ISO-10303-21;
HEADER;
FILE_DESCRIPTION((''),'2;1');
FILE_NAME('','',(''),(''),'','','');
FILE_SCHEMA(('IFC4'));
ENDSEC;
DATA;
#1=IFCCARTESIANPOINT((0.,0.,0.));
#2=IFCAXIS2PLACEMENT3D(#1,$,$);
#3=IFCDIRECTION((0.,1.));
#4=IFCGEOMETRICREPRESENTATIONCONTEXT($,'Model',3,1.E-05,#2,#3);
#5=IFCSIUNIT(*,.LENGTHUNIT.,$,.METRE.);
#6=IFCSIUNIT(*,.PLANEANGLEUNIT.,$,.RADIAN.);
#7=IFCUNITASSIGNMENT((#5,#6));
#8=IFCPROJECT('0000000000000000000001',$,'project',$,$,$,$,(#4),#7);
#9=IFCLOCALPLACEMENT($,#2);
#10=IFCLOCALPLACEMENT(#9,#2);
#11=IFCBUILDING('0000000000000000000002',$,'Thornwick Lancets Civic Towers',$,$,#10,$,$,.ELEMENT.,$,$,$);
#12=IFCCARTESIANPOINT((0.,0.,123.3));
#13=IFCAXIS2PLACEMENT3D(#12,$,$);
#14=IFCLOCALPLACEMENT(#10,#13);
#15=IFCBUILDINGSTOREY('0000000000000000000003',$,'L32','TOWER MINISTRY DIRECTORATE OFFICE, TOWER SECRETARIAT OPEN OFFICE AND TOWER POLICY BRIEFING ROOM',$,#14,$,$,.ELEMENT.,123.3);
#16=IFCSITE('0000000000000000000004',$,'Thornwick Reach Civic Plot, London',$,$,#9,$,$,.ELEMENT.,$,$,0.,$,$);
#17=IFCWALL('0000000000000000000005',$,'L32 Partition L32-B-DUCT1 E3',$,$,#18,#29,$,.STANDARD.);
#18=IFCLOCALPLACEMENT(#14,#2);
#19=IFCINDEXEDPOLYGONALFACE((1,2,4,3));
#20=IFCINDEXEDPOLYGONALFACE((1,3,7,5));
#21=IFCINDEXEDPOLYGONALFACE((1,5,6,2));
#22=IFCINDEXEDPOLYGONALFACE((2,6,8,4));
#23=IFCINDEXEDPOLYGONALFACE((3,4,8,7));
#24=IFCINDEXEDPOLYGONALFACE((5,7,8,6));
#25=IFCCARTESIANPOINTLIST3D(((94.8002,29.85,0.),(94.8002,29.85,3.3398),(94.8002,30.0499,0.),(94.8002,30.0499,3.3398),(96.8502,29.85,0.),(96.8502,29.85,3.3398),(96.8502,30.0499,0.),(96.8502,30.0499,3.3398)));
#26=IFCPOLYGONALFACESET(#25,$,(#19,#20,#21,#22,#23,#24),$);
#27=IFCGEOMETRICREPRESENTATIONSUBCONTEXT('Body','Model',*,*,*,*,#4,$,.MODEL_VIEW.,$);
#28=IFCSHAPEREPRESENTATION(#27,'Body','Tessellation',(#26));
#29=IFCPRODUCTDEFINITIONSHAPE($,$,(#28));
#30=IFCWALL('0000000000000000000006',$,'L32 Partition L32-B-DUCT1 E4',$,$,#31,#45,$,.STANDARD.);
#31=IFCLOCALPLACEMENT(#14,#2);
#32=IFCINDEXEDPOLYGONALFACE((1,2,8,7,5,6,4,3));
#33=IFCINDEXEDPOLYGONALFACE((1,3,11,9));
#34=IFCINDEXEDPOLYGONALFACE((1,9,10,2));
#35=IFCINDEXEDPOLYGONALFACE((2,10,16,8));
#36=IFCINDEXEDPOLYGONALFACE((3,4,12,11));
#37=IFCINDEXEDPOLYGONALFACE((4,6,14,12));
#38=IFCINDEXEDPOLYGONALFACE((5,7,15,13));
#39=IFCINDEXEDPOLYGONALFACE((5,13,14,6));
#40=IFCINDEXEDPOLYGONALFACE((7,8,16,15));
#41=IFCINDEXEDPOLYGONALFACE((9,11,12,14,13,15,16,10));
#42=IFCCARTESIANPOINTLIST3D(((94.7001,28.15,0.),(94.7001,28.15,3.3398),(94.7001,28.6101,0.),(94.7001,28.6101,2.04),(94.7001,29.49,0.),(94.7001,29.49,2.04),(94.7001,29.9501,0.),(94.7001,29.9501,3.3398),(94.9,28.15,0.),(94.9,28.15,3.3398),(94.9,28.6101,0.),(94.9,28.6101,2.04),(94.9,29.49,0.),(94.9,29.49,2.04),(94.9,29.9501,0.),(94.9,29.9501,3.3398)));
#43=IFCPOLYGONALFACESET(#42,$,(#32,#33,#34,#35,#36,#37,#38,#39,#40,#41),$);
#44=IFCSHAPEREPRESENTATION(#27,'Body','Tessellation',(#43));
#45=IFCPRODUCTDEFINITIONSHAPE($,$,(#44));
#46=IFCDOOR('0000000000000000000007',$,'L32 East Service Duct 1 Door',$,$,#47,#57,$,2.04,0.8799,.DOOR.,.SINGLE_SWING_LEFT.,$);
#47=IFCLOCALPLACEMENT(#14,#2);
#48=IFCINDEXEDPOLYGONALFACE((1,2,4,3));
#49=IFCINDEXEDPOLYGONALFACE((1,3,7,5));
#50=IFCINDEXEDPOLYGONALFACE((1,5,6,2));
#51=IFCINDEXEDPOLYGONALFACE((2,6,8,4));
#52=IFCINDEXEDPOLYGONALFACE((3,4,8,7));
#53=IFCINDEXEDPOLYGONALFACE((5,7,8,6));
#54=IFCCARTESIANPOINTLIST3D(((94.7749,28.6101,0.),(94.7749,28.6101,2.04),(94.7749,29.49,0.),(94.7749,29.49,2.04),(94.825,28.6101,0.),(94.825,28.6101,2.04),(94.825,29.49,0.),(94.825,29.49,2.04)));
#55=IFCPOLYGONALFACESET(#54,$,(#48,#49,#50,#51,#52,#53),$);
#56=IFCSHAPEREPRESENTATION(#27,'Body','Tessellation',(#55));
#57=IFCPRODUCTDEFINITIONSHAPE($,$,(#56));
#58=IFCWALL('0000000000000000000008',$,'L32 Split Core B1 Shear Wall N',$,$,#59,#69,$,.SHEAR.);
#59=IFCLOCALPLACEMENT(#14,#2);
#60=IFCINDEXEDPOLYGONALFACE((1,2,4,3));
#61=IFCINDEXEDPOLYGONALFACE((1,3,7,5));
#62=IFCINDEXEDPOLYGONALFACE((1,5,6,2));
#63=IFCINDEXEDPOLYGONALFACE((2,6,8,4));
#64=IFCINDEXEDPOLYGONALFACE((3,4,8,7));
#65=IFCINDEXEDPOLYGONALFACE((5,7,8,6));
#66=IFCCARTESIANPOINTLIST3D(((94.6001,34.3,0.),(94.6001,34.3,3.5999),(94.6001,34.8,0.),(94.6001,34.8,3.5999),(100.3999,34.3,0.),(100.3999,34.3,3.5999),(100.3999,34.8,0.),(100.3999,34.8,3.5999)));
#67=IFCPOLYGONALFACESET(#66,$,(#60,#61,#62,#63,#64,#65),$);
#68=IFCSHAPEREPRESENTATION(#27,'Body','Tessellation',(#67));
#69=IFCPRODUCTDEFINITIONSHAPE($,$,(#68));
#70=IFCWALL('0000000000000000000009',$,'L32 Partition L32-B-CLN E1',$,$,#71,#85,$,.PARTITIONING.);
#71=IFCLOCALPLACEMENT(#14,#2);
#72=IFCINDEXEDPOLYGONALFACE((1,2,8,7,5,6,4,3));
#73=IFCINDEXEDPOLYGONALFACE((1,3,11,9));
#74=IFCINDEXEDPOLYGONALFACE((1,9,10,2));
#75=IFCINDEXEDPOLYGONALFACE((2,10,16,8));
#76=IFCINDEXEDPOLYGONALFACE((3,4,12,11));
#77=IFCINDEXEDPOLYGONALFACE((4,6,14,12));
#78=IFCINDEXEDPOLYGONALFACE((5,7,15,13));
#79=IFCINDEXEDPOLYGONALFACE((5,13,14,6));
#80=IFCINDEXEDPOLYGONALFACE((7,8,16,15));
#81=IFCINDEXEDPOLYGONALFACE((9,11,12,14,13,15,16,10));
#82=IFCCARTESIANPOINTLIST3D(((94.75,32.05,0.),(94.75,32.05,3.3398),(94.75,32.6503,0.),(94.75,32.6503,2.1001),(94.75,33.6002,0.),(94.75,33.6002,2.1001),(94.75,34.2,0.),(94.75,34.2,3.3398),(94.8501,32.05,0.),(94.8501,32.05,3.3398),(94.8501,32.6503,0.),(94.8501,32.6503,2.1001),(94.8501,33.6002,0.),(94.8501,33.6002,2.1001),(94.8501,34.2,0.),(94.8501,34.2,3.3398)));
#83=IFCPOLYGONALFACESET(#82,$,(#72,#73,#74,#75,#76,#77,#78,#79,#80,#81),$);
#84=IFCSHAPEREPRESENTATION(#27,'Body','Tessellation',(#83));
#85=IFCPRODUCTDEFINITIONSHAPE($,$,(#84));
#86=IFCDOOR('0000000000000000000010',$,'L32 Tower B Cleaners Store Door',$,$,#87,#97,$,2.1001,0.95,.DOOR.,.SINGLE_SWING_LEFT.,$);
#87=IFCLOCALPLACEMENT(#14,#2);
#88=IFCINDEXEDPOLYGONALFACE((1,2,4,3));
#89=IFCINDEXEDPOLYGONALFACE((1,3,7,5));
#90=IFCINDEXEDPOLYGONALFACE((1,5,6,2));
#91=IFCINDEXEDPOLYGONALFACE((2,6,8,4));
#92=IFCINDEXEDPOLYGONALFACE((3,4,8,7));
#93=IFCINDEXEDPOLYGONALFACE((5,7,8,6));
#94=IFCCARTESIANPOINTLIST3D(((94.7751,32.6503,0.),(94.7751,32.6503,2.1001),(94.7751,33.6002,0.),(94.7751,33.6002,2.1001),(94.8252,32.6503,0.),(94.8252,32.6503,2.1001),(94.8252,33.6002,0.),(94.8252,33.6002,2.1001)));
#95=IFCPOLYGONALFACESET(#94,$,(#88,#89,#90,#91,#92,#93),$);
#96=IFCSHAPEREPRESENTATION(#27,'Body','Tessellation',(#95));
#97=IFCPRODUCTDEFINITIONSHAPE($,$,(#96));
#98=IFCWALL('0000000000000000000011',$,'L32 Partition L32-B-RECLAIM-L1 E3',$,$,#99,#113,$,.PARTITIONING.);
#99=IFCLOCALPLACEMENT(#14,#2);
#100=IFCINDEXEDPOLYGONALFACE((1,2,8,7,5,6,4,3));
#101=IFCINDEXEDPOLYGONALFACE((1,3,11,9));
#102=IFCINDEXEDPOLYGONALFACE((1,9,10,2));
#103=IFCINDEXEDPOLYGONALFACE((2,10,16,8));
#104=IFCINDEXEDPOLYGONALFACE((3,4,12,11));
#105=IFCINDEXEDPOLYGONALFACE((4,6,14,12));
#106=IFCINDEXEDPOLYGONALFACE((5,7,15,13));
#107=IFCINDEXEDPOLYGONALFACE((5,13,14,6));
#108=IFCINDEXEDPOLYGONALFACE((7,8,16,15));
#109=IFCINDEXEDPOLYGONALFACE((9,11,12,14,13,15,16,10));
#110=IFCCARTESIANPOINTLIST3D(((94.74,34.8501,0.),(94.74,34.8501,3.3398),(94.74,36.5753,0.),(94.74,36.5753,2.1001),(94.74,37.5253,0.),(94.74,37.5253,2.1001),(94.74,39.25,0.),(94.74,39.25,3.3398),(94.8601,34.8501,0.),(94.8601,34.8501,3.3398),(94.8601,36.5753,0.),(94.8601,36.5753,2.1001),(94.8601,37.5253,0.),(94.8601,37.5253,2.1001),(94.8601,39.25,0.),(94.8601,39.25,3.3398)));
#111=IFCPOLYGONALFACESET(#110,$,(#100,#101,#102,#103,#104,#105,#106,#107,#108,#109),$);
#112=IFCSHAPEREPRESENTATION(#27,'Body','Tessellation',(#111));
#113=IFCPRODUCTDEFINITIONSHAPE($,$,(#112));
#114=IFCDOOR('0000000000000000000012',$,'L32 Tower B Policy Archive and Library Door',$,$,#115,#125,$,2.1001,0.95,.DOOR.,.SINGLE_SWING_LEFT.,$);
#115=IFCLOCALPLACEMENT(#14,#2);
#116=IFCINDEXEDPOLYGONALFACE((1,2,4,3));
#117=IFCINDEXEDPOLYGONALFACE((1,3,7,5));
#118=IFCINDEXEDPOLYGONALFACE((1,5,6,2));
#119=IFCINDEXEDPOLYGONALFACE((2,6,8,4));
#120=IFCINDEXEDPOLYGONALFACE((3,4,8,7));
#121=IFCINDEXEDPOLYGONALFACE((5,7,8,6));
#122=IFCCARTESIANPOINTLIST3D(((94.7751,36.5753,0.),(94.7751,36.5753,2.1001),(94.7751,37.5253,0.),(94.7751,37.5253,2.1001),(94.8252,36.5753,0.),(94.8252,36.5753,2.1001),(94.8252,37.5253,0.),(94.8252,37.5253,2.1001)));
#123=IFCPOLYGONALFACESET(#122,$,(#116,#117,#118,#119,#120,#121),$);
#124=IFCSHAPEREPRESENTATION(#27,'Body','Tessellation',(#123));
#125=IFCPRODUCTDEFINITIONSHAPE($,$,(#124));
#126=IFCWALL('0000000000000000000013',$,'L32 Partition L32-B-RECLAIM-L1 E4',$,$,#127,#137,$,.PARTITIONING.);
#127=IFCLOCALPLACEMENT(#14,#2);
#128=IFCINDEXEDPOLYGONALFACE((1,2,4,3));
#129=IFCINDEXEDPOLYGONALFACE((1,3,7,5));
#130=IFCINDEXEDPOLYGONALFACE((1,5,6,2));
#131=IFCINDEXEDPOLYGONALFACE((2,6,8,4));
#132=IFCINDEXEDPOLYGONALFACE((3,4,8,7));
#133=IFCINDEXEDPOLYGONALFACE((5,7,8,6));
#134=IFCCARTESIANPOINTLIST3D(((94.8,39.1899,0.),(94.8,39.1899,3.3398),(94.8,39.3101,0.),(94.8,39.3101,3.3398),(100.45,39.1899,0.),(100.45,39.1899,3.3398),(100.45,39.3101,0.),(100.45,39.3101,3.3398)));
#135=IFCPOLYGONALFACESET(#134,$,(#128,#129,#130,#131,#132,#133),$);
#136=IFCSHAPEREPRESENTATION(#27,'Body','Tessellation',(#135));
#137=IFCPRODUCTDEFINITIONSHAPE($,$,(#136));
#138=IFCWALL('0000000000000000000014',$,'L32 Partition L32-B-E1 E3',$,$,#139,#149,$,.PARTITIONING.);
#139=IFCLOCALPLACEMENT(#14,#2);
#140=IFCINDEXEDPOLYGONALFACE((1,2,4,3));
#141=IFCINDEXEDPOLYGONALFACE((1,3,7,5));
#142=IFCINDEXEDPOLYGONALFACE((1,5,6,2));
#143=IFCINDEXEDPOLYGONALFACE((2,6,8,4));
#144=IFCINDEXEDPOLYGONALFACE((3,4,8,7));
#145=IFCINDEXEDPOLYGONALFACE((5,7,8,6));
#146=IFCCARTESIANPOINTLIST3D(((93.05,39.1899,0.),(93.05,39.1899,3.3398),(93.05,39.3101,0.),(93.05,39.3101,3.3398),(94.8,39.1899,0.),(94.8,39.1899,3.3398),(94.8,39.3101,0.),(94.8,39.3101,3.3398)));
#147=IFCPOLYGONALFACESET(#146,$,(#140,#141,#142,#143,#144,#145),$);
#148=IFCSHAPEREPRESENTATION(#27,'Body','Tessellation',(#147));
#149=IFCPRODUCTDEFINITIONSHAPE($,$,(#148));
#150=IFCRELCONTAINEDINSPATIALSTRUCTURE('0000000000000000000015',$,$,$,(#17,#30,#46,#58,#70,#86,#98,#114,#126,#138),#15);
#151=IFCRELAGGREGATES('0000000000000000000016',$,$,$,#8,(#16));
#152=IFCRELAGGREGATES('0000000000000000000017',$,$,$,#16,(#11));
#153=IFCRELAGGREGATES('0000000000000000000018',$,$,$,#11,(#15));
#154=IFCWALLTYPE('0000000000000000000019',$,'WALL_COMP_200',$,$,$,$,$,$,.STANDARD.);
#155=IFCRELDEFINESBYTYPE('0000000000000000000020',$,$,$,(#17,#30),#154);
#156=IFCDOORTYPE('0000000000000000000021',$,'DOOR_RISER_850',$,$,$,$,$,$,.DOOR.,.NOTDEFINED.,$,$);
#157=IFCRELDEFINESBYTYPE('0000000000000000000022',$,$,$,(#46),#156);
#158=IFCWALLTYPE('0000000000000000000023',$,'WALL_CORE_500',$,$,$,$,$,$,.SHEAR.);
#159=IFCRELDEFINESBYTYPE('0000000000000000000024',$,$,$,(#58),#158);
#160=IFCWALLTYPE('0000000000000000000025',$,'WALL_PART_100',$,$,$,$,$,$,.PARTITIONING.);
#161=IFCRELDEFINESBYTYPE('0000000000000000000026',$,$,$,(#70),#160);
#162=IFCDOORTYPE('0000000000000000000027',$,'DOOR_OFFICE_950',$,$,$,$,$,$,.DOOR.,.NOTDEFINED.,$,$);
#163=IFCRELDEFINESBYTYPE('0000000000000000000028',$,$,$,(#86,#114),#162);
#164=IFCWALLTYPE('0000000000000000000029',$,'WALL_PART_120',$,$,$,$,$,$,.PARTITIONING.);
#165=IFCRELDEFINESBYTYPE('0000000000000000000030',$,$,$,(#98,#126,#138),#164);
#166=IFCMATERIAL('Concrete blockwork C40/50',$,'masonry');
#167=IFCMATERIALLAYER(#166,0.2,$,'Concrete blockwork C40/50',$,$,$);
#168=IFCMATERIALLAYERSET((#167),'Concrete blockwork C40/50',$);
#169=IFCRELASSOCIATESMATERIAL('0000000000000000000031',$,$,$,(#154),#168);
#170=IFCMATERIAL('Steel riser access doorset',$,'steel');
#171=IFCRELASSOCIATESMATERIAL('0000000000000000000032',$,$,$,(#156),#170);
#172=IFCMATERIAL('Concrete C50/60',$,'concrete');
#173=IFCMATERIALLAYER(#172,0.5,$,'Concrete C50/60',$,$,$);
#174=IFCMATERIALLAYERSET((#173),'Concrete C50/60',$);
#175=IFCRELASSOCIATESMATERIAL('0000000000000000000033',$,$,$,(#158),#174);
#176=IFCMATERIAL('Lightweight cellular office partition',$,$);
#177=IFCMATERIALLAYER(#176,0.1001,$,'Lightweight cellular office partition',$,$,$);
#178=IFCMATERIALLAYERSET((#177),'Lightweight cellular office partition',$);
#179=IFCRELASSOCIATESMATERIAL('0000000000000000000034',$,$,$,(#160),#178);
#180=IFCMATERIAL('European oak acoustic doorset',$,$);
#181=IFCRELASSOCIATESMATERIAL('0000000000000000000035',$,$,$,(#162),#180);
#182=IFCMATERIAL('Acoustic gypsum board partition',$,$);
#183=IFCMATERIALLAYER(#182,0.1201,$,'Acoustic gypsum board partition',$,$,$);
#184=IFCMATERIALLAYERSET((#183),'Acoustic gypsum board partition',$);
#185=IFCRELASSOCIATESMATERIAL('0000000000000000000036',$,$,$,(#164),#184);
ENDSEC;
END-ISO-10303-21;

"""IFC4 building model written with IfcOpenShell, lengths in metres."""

from ifc_helpers import new_model, si_unit, direction, frame, frame_2d, origin, place, context, subcontext, project, spatial, rectangle, extrude, material, layer, layer_set, type_object, element, fill, save


model = new_model("IFC4")

# Units and contexts
model_context = context("Model", 3, precision=1e-05, world=origin(), true_north=direction((0.0, 1.0)))
body_context = subcontext(model_context, "Body", "Model", "MODEL_VIEW")
ifc_project = project(units=[si_unit("LENGTHUNIT", "METRE"), si_unit("PLANEANGLEUNIT", "RADIAN")], contexts=[model_context])

# Site, building, storey
site_placement = place(None, origin())
site = spatial("IfcSite", under=ifc_project, at=site_placement, Name="Thornwick Reach Civic Plot, London", CompositionType="ELEMENT", RefElevation=0.0)
building_placement = place(site_placement, origin())
building = spatial("IfcBuilding", under=site, at=building_placement, Name="Thornwick Lancets Civic Towers", CompositionType="ELEMENT")
storey_placement = place(building_placement, frame((0.0, 0.0, 123.3)))
storey = spatial("IfcBuildingStorey", under=building, at=storey_placement, Name="L32", Description="TOWER MINISTRY DIRECTORATE OFFICE, TOWER SECRETARIAT OPEN OFFICE AND TOWER POLICY BRIEFING ROOM", CompositionType="ELEMENT", Elevation=123.3)

# Shared definitions
ifc_material_1 = material(Name="Concrete blockwork C40/50", Category="masonry")
ifc_layer_1 = layer(ifc_material_1, 0.2, Name="Concrete blockwork C40/50")
ifc_layer_set_1 = layer_set([ifc_layer_1], Name="Concrete blockwork C40/50")
wall_type_1 = type_object("IfcWallType", Name="WALL_COMP_200", PredefinedType="STANDARD", material=ifc_layer_set_1)

# Wall
wall_1_placement = place(storey_placement, frame((96.8501, 29.95, 0.0), z_axis=(0.0, 0.0, 1.0), x_axis=(-1.0, 0.0, 0.0)))
element("IfcWall", 1, at=wall_1_placement, inside=storey, type_object=wall_type_1, Name="L32 Partition L32-B-DUCT1 E3", PredefinedType="STANDARD", context=body_context, shape_type="SweptSolid", body=[
    extrude(rectangle(XDim=2.05, YDim=0.2, at=frame_2d((1.0249, 0.0))), origin(), (0.0, 0.0, 1.0), 3.3398),
])

# Wall, opening, door
wall_2_placement = place(storey_placement, frame((94.8, 29.95, 0.0), z_axis=(0.0, 0.0, 1.0), x_axis=(0.0, -1.0, 0.0)))
wall_2 = element("IfcWall", 2, at=wall_2_placement, inside=storey, type_object=wall_type_1, Name="L32 Partition L32-B-DUCT1 E4", PredefinedType="STANDARD", context=body_context, shape_type="SweptSolid", body=[
    extrude(rectangle(XDim=1.8, YDim=0.2, at=frame_2d((0.8999, 0.0))), origin(), (0.0, 0.0, 1.0), 3.3398),
])
opening_1_placement = place(wall_2_placement, frame((0.46, 0.0, 0.0)))
opening_1 = element("IfcOpeningElement", 3, at=opening_1_placement, cuts=wall_2, PredefinedType="OPENING", context=body_context, shape_type="SweptSolid", body=[
    extrude(rectangle(XDim=0.8799, YDim=2.04, at=frame_2d((0.4399, 1.02))), frame((0.0, 0.1099, 0.0), z_axis=(0.0, -1.0, 0.0), x_axis=(1.0, 0.0, 0.0)), (0.0, 0.0, 1.0), 0.22),
])
ifc_material_2 = material(Name="Steel riser access doorset", Category="steel")
door_type_1 = type_object("IfcDoorType", Name="DOOR_RISER_850", OperationType="NOTDEFINED", PredefinedType="DOOR", material=ifc_material_2)
door_1_placement = place(opening_1_placement, origin())
door_1 = element("IfcDoor", 4, at=door_1_placement, inside=storey, type_object=door_type_1, Name="L32 East Service Duct 1 Door", OperationType="SINGLE_SWING_LEFT", OverallHeight=2.04, OverallWidth=0.8799, PredefinedType="DOOR", context=body_context, shape_type="SweptSolid", body=[
    extrude(rectangle(XDim=0.8799, YDim=2.04, at=frame_2d((0.4399, 1.02))), frame((0.0, 0.0249, 0.0), z_axis=(0.0, -1.0, 0.0), x_axis=(1.0, 0.0, 0.0)), (0.0, 0.0, 1.0), 0.05),
])
fill(opening_1, door_1)

# Wall
ifc_material_3 = material(Name="Concrete C50/60", Category="concrete")
ifc_layer_2 = layer(ifc_material_3, 0.5, Name="Concrete C50/60")
ifc_layer_set_2 = layer_set([ifc_layer_2], Name="Concrete C50/60")
wall_type_2 = type_object("IfcWallType", Name="WALL_CORE_500", PredefinedType="SHEAR", material=ifc_layer_set_2)
wall_3_placement = place(storey_placement, frame((94.6001, 34.55, 0.0), z_axis=(0.0, 0.0, 1.0), x_axis=(1.0, 0.0, 0.0)))
element("IfcWall", 5, at=wall_3_placement, inside=storey, type_object=wall_type_2, Name="L32 Split Core B1 Shear Wall N", PredefinedType="SHEAR", context=body_context, shape_type="SweptSolid", body=[
    extrude(rectangle(XDim=5.7998, YDim=0.5, at=frame_2d((2.8999, 0.0))), origin(), (0.0, 0.0, 1.0), 3.5999),
])

# Walls, openings, doors
ifc_material_4 = material(Name="Lightweight cellular office partition")
ifc_layer_3 = layer(ifc_material_4, 0.1001, Name="Lightweight cellular office partition")
ifc_layer_set_3 = layer_set([ifc_layer_3], Name="Lightweight cellular office partition")
wall_type_3 = type_object("IfcWallType", Name="WALL_PART_100", PredefinedType="PARTITIONING", material=ifc_layer_set_3)
wall_4_placement = place(storey_placement, frame((94.8, 32.05, 0.0), z_axis=(0.0, 0.0, 1.0), x_axis=(0.0, 1.0, 0.0)))
wall_4 = element("IfcWall", 6, at=wall_4_placement, inside=storey, type_object=wall_type_3, Name="L32 Partition L32-B-CLN E1", PredefinedType="PARTITIONING", context=body_context, shape_type="SweptSolid", body=[
    extrude(rectangle(XDim=2.1499, YDim=0.1001, at=frame_2d((1.075, 0.0))), origin(), (0.0, 0.0, 1.0), 3.3398),
])
opening_2_placement = place(wall_4_placement, frame((0.6001, 0.0, 0.0)))
opening_2 = element("IfcOpeningElement", 7, at=opening_2_placement, cuts=wall_4, PredefinedType="OPENING", context=body_context, shape_type="SweptSolid", body=[
    extrude(rectangle(XDim=0.95, YDim=2.1001, at=frame_2d((0.4751, 1.05))), frame((0.0, 0.0601, 0.0), z_axis=(0.0, -1.0, 0.0), x_axis=(1.0, 0.0, 0.0)), (0.0, 0.0, 1.0), 0.1201),
])
ifc_material_5 = material(Name="European oak acoustic doorset")
door_type_2 = type_object("IfcDoorType", Name="DOOR_OFFICE_950", OperationType="NOTDEFINED", PredefinedType="DOOR", material=ifc_material_5)
door_2_placement = place(opening_2_placement, origin())
door_2 = element("IfcDoor", 8, at=door_2_placement, inside=storey, type_object=door_type_2, Name="L32 Tower B Cleaners Store Door", OperationType="SINGLE_SWING_LEFT", OverallHeight=2.1001, OverallWidth=0.95, PredefinedType="DOOR", context=body_context, shape_type="SweptSolid", body=[
    extrude(rectangle(XDim=0.95, YDim=2.1001, at=frame_2d((0.4751, 1.05))), frame((0.0, 0.0249, 0.0), z_axis=(0.0, -1.0, 0.0), x_axis=(1.0, 0.0, 0.0)), (0.0, 0.0, 1.0), 0.05),
])
fill(opening_2, door_2)
ifc_material_6 = material(Name="Acoustic gypsum board partition")
ifc_layer_4 = layer(ifc_material_6, 0.1201, Name="Acoustic gypsum board partition")
ifc_layer_set_4 = layer_set([ifc_layer_4], Name="Acoustic gypsum board partition")
wall_type_4 = type_object("IfcWallType", Name="WALL_PART_120", PredefinedType="PARTITIONING", material=ifc_layer_set_4)
wall_5_placement = place(storey_placement, frame((94.8, 34.8501, 0.0), z_axis=(0.0, 0.0, 1.0), x_axis=(0.0, 1.0, 0.0)))
wall_5 = element("IfcWall", 9, at=wall_5_placement, inside=storey, type_object=wall_type_4, Name="L32 Partition L32-B-RECLAIM-L1 E3", PredefinedType="PARTITIONING", context=body_context, shape_type="SweptSolid", body=[
    extrude(rectangle(XDim=4.3999, YDim=0.1201, at=frame_2d((2.2, 0.0))), origin(), (0.0, 0.0, 1.0), 3.3398),
])
opening_3_placement = place(wall_5_placement, frame((1.7251, 0.0, 0.0)))
opening_3 = element("IfcOpeningElement", 10, at=opening_3_placement, cuts=wall_5, PredefinedType="OPENING", context=body_context, shape_type="SweptSolid", body=[
    extrude(rectangle(XDim=0.95, YDim=2.1001, at=frame_2d((0.4751, 1.05))), frame((0.0, 0.0701, 0.0), z_axis=(0.0, -1.0, 0.0), x_axis=(1.0, 0.0, 0.0)), (0.0, 0.0, 1.0), 0.1401),
])
door_3_placement = place(opening_3_placement, origin())
door_3 = element("IfcDoor", 11, at=door_3_placement, inside=storey, type_object=door_type_2, Name="L32 Tower B Policy Archive and Library Door", OperationType="SINGLE_SWING_LEFT", OverallHeight=2.1001, OverallWidth=0.95, PredefinedType="DOOR", context=body_context, shape_type="SweptSolid", body=[
    extrude(rectangle(XDim=0.95, YDim=2.1001, at=frame_2d((0.4751, 1.05))), frame((0.0, 0.0249, 0.0), z_axis=(0.0, -1.0, 0.0), x_axis=(1.0, 0.0, 0.0)), (0.0, 0.0, 1.0), 0.05),
])
fill(opening_3, door_3)

# Walls
wall_6_placement = place(storey_placement, frame((94.8, 39.25, 0.0), z_axis=(0.0, 0.0, 1.0), x_axis=(1.0, 0.0, 0.0)))
element("IfcWall", 12, at=wall_6_placement, inside=storey, type_object=wall_type_4, Name="L32 Partition L32-B-RECLAIM-L1 E4", PredefinedType="PARTITIONING", context=body_context, shape_type="SweptSolid", body=[
    extrude(rectangle(XDim=5.6499, YDim=0.1201, at=frame_2d((2.825, 0.0))), origin(), (0.0, 0.0, 1.0), 3.3398),
])
wall_7_placement = place(storey_placement, frame((94.8, 39.25, 0.0), z_axis=(0.0, 0.0, 1.0), x_axis=(-1.0, 0.0, 0.0)))
element("IfcWall", 13, at=wall_7_placement, inside=storey, type_object=wall_type_4, Name="L32 Partition L32-B-E1 E3", PredefinedType="PARTITIONING", context=body_context, shape_type="SweptSolid", body=[
    extrude(rectangle(XDim=1.75, YDim=0.1201, at=frame_2d((0.875, 0.0))), origin(), (0.0, 0.0, 1.0), 3.3398),
])

save(model, "model.ifc")
